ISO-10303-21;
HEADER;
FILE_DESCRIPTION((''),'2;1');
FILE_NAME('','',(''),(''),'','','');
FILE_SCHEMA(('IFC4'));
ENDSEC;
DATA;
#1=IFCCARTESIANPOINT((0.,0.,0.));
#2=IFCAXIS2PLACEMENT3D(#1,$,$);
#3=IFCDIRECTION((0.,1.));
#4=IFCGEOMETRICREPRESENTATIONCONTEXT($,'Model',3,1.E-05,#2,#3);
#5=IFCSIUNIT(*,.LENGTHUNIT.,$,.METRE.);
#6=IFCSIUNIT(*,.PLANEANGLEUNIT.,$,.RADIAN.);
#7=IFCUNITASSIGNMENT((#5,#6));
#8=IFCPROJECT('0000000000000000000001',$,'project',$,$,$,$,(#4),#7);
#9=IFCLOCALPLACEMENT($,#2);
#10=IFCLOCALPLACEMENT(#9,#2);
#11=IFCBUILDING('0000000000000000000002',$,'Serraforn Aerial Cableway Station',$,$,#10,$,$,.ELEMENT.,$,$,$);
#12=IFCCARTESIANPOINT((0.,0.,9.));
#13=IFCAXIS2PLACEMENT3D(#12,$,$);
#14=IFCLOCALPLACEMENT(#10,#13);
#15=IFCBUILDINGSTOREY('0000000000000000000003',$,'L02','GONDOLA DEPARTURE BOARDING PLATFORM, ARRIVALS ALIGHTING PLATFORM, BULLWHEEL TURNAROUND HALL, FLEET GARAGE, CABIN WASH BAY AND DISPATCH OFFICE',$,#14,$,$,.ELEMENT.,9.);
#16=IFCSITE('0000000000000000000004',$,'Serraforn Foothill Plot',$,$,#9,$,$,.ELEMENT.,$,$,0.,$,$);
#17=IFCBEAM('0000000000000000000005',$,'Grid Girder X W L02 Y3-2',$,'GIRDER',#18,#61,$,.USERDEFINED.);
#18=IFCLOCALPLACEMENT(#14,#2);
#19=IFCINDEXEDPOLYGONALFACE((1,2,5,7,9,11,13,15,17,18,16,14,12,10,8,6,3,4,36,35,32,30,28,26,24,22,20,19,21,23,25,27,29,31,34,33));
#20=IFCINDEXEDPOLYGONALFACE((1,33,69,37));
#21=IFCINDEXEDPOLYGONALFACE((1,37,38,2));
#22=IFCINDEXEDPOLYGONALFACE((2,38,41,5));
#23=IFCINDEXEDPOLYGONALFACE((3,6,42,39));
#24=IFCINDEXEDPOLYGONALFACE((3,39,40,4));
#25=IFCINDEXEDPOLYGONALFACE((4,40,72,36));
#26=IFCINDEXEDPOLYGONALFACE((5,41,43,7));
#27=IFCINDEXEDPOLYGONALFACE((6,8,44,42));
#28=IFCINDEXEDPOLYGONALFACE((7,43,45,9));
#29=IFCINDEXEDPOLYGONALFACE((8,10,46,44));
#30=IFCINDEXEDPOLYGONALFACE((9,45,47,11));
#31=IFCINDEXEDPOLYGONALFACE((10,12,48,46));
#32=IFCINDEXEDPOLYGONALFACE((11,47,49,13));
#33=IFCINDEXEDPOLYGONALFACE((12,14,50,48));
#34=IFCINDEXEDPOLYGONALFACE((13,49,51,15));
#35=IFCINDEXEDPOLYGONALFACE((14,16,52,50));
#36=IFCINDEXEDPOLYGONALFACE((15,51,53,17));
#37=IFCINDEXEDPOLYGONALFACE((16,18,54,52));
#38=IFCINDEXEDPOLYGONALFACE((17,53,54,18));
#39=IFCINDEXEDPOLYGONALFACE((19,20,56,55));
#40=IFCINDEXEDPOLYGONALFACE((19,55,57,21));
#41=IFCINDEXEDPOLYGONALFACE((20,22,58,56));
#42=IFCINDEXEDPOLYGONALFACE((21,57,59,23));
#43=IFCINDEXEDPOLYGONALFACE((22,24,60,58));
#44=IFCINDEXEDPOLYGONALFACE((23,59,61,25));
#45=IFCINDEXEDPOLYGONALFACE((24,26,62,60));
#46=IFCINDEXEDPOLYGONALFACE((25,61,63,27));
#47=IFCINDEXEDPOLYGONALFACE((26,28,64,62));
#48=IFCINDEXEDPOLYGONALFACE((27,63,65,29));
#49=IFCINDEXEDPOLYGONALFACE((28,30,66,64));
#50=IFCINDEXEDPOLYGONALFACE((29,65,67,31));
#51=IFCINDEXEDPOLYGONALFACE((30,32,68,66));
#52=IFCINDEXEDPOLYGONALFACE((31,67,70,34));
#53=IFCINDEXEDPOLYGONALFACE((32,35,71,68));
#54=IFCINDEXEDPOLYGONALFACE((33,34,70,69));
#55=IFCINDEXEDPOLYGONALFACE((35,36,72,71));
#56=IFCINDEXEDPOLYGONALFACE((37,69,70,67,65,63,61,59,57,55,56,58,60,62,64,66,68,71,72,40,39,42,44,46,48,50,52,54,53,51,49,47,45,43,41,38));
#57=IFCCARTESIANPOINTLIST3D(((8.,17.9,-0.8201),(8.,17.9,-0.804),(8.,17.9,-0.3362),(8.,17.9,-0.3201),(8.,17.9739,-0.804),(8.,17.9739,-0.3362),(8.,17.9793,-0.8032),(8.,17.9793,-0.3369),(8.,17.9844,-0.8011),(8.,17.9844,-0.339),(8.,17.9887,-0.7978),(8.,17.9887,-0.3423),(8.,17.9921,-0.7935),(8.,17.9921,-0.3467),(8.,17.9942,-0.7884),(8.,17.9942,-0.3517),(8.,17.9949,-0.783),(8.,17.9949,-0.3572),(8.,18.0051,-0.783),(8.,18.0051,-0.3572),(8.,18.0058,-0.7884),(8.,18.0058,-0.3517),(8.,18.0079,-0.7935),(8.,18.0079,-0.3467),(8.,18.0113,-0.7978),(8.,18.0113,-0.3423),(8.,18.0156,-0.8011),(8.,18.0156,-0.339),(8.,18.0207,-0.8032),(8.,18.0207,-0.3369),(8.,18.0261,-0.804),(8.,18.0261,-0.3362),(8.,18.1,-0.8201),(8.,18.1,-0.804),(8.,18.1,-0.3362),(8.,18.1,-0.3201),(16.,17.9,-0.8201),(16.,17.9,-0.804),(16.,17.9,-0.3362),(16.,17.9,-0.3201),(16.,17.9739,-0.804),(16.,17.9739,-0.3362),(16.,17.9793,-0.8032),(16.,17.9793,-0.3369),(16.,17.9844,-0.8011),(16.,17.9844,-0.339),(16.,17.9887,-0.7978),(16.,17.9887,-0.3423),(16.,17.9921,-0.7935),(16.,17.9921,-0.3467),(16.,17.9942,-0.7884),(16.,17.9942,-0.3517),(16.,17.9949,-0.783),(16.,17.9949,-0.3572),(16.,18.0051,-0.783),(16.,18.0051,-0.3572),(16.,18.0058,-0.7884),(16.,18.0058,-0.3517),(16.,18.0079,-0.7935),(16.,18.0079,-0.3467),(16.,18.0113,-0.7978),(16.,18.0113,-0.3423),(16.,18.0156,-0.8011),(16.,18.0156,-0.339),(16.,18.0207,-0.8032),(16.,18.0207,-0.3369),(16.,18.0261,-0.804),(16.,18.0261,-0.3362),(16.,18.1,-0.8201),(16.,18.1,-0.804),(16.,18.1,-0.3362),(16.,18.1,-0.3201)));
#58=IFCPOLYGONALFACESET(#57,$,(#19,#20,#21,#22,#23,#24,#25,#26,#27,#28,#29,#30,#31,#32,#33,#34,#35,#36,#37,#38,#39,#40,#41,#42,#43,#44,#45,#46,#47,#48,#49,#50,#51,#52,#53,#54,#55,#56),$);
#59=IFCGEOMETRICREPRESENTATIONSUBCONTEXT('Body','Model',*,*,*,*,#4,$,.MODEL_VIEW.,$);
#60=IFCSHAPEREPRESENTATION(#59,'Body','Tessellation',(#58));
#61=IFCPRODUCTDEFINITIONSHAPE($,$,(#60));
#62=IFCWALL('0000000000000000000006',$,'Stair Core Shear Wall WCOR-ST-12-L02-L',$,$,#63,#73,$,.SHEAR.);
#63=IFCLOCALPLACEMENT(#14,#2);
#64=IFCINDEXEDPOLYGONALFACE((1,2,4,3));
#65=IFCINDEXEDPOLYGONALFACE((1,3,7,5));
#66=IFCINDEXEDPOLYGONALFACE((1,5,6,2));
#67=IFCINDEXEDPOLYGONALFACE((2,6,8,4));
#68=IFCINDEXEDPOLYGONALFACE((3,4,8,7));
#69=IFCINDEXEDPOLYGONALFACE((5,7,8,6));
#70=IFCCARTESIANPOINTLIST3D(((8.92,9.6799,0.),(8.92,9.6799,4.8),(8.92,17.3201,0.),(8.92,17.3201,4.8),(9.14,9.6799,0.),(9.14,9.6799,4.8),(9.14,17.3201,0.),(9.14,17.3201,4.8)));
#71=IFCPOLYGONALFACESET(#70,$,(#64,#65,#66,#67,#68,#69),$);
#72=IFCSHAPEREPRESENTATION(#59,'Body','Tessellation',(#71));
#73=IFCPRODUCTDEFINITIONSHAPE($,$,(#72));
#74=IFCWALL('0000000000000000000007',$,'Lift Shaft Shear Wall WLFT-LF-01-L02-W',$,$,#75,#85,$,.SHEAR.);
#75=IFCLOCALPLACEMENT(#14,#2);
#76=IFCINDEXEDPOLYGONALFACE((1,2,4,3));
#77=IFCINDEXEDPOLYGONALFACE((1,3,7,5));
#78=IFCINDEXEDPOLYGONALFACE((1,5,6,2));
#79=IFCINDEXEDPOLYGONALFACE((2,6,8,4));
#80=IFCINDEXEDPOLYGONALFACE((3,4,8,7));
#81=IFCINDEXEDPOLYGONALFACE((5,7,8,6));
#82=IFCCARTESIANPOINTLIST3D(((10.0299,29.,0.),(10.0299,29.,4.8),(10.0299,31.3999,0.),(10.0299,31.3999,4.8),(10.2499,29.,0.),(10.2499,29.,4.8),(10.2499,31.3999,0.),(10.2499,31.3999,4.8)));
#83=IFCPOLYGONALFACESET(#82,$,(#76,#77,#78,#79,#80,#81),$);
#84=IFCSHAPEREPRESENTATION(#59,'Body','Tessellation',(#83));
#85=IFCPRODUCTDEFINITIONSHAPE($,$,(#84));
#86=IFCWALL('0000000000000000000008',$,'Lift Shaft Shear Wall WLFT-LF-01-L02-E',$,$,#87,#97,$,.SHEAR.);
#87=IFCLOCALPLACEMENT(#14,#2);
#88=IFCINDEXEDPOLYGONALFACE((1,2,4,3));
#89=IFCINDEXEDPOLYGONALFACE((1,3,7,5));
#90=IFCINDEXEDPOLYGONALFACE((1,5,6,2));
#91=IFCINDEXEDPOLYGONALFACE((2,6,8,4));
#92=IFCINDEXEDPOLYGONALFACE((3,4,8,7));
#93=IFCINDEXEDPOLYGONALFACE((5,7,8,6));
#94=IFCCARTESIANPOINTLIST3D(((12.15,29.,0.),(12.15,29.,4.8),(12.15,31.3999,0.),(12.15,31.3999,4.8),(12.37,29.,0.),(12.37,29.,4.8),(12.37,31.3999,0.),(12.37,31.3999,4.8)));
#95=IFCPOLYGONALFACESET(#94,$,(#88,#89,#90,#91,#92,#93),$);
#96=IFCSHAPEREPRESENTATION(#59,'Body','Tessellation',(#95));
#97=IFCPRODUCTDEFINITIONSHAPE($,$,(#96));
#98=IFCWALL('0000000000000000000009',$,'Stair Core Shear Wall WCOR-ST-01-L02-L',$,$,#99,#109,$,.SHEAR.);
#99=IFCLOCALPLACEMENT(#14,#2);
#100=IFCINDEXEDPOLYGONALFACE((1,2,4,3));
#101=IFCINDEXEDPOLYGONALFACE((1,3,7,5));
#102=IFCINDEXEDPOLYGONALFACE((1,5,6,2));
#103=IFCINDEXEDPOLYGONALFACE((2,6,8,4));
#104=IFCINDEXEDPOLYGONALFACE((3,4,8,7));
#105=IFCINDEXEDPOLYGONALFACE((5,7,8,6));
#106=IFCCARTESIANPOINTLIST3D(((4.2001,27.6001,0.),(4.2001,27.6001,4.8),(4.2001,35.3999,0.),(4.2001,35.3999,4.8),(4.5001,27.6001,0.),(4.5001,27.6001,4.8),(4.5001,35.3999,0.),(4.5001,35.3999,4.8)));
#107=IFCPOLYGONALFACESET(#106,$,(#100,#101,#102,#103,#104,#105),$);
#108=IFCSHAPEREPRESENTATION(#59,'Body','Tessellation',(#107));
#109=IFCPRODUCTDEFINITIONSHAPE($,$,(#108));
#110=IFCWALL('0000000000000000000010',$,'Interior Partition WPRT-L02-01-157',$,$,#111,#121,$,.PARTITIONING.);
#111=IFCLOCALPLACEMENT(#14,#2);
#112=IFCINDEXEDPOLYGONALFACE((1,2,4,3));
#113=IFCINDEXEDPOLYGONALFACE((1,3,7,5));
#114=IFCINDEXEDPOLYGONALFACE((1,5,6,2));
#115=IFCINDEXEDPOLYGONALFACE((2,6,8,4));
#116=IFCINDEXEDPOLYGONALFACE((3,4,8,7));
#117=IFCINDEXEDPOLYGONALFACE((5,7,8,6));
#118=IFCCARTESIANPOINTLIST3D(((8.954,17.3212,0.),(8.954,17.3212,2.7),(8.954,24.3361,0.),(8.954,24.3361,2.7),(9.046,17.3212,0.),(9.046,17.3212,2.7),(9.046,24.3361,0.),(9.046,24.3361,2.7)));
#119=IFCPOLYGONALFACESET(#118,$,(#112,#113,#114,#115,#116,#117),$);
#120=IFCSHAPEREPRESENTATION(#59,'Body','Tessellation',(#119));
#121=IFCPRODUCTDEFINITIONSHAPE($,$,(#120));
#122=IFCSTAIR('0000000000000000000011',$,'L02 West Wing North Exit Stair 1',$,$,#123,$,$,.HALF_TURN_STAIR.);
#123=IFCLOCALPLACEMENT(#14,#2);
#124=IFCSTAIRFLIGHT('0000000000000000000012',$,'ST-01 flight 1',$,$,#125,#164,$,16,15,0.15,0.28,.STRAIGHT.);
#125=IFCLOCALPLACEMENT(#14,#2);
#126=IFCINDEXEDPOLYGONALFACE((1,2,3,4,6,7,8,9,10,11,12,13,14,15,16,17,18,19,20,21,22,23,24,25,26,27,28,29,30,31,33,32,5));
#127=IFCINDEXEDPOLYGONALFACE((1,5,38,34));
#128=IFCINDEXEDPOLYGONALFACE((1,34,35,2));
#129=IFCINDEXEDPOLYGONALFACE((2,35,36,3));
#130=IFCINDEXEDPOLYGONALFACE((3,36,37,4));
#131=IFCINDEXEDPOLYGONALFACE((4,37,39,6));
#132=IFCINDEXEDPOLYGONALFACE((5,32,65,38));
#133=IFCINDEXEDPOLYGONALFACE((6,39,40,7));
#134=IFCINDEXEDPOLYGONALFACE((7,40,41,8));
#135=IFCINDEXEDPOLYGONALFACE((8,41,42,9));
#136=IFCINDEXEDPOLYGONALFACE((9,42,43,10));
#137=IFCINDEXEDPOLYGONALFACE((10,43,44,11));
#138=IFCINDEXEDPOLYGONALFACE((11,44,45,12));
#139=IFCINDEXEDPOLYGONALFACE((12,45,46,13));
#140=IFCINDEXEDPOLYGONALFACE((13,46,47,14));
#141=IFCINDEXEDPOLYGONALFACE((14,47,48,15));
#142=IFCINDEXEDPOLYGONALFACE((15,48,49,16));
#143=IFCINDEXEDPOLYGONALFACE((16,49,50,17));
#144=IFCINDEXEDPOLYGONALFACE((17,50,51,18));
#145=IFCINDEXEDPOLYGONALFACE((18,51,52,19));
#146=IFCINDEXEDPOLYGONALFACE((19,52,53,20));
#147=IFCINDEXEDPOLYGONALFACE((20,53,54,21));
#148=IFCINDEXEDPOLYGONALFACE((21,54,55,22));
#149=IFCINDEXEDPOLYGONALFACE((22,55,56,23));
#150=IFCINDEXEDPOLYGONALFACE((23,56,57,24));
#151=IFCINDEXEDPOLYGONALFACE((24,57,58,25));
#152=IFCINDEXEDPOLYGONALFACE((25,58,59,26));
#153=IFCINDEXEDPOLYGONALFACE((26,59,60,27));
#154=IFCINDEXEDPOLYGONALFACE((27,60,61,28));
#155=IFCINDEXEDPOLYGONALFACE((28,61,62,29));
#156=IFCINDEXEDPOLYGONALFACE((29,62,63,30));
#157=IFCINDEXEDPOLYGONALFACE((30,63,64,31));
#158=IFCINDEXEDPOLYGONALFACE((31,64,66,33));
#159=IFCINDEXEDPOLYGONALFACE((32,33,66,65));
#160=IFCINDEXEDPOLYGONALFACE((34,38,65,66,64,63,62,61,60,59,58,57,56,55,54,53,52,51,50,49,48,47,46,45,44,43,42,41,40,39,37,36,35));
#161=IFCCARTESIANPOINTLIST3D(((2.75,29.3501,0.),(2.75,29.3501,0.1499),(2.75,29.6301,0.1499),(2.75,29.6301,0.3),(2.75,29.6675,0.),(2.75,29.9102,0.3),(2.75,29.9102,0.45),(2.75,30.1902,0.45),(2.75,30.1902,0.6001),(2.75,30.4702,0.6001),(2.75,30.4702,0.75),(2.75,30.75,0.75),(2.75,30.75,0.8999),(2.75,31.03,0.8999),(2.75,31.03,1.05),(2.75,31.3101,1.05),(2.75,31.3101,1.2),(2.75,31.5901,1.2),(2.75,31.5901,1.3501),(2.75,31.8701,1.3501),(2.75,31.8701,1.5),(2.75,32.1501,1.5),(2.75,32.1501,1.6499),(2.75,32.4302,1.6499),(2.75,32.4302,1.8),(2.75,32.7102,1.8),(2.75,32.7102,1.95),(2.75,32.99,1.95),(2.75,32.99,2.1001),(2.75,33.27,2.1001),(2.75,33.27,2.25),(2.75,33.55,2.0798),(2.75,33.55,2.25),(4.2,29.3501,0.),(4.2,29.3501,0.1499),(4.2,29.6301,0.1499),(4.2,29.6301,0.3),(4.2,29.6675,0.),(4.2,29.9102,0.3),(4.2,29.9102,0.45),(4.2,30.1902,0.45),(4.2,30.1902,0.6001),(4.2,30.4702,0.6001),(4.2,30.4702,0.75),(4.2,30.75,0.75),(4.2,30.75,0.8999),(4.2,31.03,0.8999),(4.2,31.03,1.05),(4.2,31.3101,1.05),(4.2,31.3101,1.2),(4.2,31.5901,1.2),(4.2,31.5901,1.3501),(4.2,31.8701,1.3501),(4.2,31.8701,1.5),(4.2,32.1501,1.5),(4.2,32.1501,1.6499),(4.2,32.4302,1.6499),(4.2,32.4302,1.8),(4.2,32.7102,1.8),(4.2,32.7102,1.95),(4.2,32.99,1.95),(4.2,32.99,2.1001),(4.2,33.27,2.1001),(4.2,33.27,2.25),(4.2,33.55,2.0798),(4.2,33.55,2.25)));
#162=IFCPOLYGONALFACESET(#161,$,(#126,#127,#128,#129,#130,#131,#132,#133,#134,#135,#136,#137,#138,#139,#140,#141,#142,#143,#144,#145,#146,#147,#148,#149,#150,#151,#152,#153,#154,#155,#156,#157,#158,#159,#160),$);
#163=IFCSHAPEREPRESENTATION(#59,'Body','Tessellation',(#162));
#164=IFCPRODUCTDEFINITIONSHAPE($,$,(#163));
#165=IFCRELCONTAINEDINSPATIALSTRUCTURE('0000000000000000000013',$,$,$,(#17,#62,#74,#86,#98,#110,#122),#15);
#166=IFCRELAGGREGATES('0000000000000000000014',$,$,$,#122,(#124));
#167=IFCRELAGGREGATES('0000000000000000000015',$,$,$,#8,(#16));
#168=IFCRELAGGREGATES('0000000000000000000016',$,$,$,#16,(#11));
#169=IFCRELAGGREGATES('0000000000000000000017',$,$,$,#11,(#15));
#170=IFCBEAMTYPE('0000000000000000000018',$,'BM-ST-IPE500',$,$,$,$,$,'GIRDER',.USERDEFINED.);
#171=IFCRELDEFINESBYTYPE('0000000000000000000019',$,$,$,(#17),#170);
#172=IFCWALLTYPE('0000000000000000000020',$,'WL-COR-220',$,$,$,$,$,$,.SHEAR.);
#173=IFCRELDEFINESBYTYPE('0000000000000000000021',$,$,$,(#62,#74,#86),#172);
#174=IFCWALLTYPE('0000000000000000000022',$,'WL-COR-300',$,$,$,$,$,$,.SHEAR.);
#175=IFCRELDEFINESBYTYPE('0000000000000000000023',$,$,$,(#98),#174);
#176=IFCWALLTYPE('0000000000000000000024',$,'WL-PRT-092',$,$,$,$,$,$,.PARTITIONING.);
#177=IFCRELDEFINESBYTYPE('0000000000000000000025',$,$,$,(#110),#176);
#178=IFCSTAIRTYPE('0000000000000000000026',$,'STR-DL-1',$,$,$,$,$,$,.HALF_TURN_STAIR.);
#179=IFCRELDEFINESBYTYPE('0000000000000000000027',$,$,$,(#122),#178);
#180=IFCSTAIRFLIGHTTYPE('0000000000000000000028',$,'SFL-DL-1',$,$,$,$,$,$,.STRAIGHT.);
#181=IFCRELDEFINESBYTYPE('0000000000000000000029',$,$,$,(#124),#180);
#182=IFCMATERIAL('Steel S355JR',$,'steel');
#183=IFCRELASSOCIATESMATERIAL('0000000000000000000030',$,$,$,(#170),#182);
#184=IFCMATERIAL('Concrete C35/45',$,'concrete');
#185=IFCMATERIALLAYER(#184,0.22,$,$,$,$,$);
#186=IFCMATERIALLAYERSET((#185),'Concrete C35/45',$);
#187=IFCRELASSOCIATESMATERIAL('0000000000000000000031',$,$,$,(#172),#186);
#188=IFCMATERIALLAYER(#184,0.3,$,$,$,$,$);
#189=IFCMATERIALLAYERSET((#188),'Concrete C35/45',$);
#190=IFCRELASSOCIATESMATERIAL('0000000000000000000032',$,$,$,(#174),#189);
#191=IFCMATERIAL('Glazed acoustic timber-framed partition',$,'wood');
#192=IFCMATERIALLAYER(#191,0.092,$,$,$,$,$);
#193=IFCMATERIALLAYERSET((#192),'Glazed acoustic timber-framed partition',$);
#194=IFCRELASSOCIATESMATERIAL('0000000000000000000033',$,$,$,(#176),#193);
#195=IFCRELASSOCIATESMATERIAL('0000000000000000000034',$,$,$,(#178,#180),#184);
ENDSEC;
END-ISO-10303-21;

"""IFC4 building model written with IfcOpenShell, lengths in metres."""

from ifc_helpers import new_model, si_unit, direction, frame, frame_2d, origin, origin_2d, place, context, subcontext, project, spatial, polyline, rectangle, i_section, outline, extrude, material, layer, layer_set, material_profile, profile_set, type_object, element, aggregate, save


model = new_model("IFC4")

# Units and contexts
model_context = context("Model", 3, precision=1e-05, world=origin(), true_north=direction((0.0, 1.0)))
body_context = subcontext(model_context, "Body", "Model", "MODEL_VIEW")
ifc_project = project(units=[si_unit("LENGTHUNIT", "METRE"), si_unit("PLANEANGLEUNIT", "RADIAN")], contexts=[model_context])

# Site, building, storey
site_placement = place(None, origin())
site = spatial("IfcSite", under=ifc_project, at=site_placement, Name="Serraforn Foothill Plot", CompositionType="ELEMENT", RefElevation=0.0)
building_placement = place(site_placement, origin())
building = spatial("IfcBuilding", under=site, at=building_placement, Name="Serraforn Aerial Cableway Station", CompositionType="ELEMENT")
storey_placement = place(building_placement, frame((0.0, 0.0, 9.0)))
storey = spatial("IfcBuildingStorey", under=building, at=storey_placement, Name="L02", Description="GONDOLA DEPARTURE BOARDING PLATFORM, ARRIVALS ALIGHTING PLATFORM, BULLWHEEL TURNAROUND HALL, FLEET GARAGE, CABIN WASH BAY AND DISPATCH OFFICE", CompositionType="ELEMENT", Elevation=9.0)

# Beam
ifc_material_1 = material(Name="Steel S355JR", Category="steel")
ifc_material_profile_1 = material_profile(ifc_material_1, i_section(OverallWidth=0.2, OverallDepth=0.5, WebThickness=0.0103, FlangeThickness=0.0161, FilletRadius=0.021, at=origin_2d()), Name="IPE 500")
ifc_profile_set_1 = profile_set([ifc_material_profile_1], Name="Steel S355JR")
beam_type_1 = type_object("IfcBeamType", Name="BM-ST-IPE500", ElementType="GIRDER", PredefinedType="USERDEFINED", material=ifc_profile_set_1)
beam_1_placement = place(storey_placement, frame((8.0, 18.0, -0.5701), z_axis=(1.0, 0.0, 0.0), x_axis=(0.0, 1.0, 0.0)))
element("IfcBeam", 1, at=beam_1_placement, inside=storey, type_object=beam_type_1, Name="Grid Girder X W L02 Y3-2", ObjectType="GIRDER", PredefinedType="USERDEFINED", context=body_context, shape_type="SweptSolid", body=[
    extrude(i_section(OverallWidth=0.2, OverallDepth=0.5, WebThickness=0.0103, FlangeThickness=0.0161, FilletRadius=0.021, at=origin_2d()), origin(), (0.0, 0.0, 1.0), 8.0),
])

# Wall
ifc_material_2 = material(Name="Concrete C35/45", Category="concrete")
ifc_layer_1 = layer(ifc_material_2, 0.22)
ifc_layer_set_1 = layer_set([ifc_layer_1], Name="Concrete C35/45")
wall_type_1 = type_object("IfcWallType", Name="WL-COR-220", PredefinedType="SHEAR", material=ifc_layer_set_1)
wall_1_placement = place(storey_placement, frame((9.03, 17.3201, 0.0), z_axis=(0.0, 0.0, 1.0), x_axis=(0.0, -1.0, 0.0)))
element("IfcWall", 2, at=wall_1_placement, inside=storey, type_object=wall_type_1, Name="Stair Core Shear Wall WCOR-ST-12-L02-L", PredefinedType="SHEAR", context=body_context, shape_type="SweptSolid", body=[
    extrude(rectangle(XDim=7.6401, YDim=0.22, at=frame_2d((3.8201, 0.0))), origin(), (0.0, 0.0, 1.0), 4.8),
])

# Walls
for number, where, z_axis, x_axis, name in (
    (3, (10.1399, 29.0, 0.0), (0.0, 0.0, 1.0), (0.0, 1.0, 0.0), "Lift Shaft Shear Wall WLFT-LF-01-L02-W"),
    (4, (12.26, 29.0, 0.0), (0.0, 0.0, 1.0), (0.0, 1.0, 0.0), "Lift Shaft Shear Wall WLFT-LF-01-L02-E"),
):
    element("IfcWall", number, at=place(storey_placement, frame(where, z_axis=z_axis, x_axis=x_axis)), inside=storey, type_object=wall_type_1, Name=name, PredefinedType="SHEAR", context=body_context, shape_type="SweptSolid", body=[
        extrude(rectangle(XDim=2.3999, YDim=0.22, at=frame_2d((1.2, 0.0))), origin(), (0.0, 0.0, 1.0), 4.8),
    ])

# Shared definitions
ifc_layer_2 = layer(ifc_material_2, 0.3)
ifc_layer_set_2 = layer_set([ifc_layer_2], Name="Concrete C35/45")
wall_type_2 = type_object("IfcWallType", Name="WL-COR-300", PredefinedType="SHEAR", material=ifc_layer_set_2)

# Walls
wall_2_placement = place(storey_placement, frame((4.3501, 27.6001, 0.0), z_axis=(0.0, 0.0, 1.0), x_axis=(0.0, 1.0, 0.0)))
element("IfcWall", 5, at=wall_2_placement, inside=storey, type_object=wall_type_2, Name="Stair Core Shear Wall WCOR-ST-01-L02-L", PredefinedType="SHEAR", context=body_context, shape_type="SweptSolid", body=[
    extrude(rectangle(XDim=7.7998, YDim=0.3, at=frame_2d((3.8999, 0.0))), origin(), (0.0, 0.0, 1.0), 4.8),
])
ifc_material_3 = material(Name="Glazed acoustic timber-framed partition", Category="wood")
ifc_layer_3 = layer(ifc_material_3, 0.092)
ifc_layer_set_3 = layer_set([ifc_layer_3], Name="Glazed acoustic timber-framed partition")
wall_type_3 = type_object("IfcWallType", Name="WL-PRT-092", PredefinedType="PARTITIONING", material=ifc_layer_set_3)
wall_3_placement = place(storey_placement, frame((9.0, 24.3359, 0.0), z_axis=(0.0, 0.0, 1.0), x_axis=(0.0, -1.0, 0.0)))
element("IfcWall", 6, at=wall_3_placement, inside=storey, type_object=wall_type_3, Name="Interior Partition WPRT-L02-01-157", PredefinedType="PARTITIONING", context=body_context, shape_type="SweptSolid", body=[
    extrude(rectangle(XDim=7.0149, YDim=0.092, at=frame_2d((3.5073, 0.0))), origin(), (0.0, 0.0, 1.0), 2.7),
])

# Stair, stair flight
stair_type = type_object("IfcStairType", Name="STR-DL-1", PredefinedType="HALF_TURN_STAIR", material=ifc_material_2)
stair_placement = place(storey_placement, origin())
stair = element("IfcStair", 7, at=stair_placement, inside=storey, type_object=stair_type, Name="L02 West Wing North Exit Stair 1", PredefinedType="HALF_TURN_STAIR")
stair_flight_type = type_object("IfcStairFlightType", Name="SFL-DL-1", PredefinedType="STRAIGHT", material=ifc_material_2)
stair_flight_placement = place(storey_placement, frame((3.4751, 29.3501, 0.0), z_axis=(0.0, 0.0, 1.0), x_axis=(0.0, 1.0, 0.0)))
stair_flight = element("IfcStairFlight", 8, at=stair_flight_placement, type_object=stair_flight_type, Name="ST-01 flight 1", NumberOfRisers=16, NumberOfTreads=15, PredefinedType="STRAIGHT", RiserHeight=0.15, TreadLength=0.28, context=body_context, shape_type="SweptSolid", body=[
    extrude(outline(polyline([(0.0, 0.0), (0.0, 0.1499), (0.28, 0.1499), (0.28, 0.3), (0.5601, 0.3), (0.5601, 0.45), (0.8401, 0.45), (0.8401, 0.6001), (1.1201, 0.6001), (1.1201, 0.75), (1.3999, 0.75), (1.3999, 0.8999), (1.6799, 0.8999), (1.6799, 1.05), (1.96, 1.05), (1.96, 1.2), (2.24, 1.2), (2.24, 1.3501), (2.52, 1.3501), (2.52, 1.5), (2.8, 1.5), (2.8, 1.6499), (3.0801, 1.6499), (3.0801, 1.8), (3.3601, 1.8), (3.3601, 1.95), (3.6399, 1.95), (3.6399, 2.1001), (3.9199, 2.1001), (3.9199, 2.25), (4.2, 2.25), (4.2, 2.3999), (4.2, 2.0798), (0.3174, 0.0), (0.0, 0.0)])), frame((0.0, 0.7251, 0.0), z_axis=(0.0, -1.0, 0.0), x_axis=(1.0, 0.0, 0.0)), (0.0, 0.0, 1.0), 1.45),
])
aggregate(stair, [stair_flight])

save(model, "model.ifc")
